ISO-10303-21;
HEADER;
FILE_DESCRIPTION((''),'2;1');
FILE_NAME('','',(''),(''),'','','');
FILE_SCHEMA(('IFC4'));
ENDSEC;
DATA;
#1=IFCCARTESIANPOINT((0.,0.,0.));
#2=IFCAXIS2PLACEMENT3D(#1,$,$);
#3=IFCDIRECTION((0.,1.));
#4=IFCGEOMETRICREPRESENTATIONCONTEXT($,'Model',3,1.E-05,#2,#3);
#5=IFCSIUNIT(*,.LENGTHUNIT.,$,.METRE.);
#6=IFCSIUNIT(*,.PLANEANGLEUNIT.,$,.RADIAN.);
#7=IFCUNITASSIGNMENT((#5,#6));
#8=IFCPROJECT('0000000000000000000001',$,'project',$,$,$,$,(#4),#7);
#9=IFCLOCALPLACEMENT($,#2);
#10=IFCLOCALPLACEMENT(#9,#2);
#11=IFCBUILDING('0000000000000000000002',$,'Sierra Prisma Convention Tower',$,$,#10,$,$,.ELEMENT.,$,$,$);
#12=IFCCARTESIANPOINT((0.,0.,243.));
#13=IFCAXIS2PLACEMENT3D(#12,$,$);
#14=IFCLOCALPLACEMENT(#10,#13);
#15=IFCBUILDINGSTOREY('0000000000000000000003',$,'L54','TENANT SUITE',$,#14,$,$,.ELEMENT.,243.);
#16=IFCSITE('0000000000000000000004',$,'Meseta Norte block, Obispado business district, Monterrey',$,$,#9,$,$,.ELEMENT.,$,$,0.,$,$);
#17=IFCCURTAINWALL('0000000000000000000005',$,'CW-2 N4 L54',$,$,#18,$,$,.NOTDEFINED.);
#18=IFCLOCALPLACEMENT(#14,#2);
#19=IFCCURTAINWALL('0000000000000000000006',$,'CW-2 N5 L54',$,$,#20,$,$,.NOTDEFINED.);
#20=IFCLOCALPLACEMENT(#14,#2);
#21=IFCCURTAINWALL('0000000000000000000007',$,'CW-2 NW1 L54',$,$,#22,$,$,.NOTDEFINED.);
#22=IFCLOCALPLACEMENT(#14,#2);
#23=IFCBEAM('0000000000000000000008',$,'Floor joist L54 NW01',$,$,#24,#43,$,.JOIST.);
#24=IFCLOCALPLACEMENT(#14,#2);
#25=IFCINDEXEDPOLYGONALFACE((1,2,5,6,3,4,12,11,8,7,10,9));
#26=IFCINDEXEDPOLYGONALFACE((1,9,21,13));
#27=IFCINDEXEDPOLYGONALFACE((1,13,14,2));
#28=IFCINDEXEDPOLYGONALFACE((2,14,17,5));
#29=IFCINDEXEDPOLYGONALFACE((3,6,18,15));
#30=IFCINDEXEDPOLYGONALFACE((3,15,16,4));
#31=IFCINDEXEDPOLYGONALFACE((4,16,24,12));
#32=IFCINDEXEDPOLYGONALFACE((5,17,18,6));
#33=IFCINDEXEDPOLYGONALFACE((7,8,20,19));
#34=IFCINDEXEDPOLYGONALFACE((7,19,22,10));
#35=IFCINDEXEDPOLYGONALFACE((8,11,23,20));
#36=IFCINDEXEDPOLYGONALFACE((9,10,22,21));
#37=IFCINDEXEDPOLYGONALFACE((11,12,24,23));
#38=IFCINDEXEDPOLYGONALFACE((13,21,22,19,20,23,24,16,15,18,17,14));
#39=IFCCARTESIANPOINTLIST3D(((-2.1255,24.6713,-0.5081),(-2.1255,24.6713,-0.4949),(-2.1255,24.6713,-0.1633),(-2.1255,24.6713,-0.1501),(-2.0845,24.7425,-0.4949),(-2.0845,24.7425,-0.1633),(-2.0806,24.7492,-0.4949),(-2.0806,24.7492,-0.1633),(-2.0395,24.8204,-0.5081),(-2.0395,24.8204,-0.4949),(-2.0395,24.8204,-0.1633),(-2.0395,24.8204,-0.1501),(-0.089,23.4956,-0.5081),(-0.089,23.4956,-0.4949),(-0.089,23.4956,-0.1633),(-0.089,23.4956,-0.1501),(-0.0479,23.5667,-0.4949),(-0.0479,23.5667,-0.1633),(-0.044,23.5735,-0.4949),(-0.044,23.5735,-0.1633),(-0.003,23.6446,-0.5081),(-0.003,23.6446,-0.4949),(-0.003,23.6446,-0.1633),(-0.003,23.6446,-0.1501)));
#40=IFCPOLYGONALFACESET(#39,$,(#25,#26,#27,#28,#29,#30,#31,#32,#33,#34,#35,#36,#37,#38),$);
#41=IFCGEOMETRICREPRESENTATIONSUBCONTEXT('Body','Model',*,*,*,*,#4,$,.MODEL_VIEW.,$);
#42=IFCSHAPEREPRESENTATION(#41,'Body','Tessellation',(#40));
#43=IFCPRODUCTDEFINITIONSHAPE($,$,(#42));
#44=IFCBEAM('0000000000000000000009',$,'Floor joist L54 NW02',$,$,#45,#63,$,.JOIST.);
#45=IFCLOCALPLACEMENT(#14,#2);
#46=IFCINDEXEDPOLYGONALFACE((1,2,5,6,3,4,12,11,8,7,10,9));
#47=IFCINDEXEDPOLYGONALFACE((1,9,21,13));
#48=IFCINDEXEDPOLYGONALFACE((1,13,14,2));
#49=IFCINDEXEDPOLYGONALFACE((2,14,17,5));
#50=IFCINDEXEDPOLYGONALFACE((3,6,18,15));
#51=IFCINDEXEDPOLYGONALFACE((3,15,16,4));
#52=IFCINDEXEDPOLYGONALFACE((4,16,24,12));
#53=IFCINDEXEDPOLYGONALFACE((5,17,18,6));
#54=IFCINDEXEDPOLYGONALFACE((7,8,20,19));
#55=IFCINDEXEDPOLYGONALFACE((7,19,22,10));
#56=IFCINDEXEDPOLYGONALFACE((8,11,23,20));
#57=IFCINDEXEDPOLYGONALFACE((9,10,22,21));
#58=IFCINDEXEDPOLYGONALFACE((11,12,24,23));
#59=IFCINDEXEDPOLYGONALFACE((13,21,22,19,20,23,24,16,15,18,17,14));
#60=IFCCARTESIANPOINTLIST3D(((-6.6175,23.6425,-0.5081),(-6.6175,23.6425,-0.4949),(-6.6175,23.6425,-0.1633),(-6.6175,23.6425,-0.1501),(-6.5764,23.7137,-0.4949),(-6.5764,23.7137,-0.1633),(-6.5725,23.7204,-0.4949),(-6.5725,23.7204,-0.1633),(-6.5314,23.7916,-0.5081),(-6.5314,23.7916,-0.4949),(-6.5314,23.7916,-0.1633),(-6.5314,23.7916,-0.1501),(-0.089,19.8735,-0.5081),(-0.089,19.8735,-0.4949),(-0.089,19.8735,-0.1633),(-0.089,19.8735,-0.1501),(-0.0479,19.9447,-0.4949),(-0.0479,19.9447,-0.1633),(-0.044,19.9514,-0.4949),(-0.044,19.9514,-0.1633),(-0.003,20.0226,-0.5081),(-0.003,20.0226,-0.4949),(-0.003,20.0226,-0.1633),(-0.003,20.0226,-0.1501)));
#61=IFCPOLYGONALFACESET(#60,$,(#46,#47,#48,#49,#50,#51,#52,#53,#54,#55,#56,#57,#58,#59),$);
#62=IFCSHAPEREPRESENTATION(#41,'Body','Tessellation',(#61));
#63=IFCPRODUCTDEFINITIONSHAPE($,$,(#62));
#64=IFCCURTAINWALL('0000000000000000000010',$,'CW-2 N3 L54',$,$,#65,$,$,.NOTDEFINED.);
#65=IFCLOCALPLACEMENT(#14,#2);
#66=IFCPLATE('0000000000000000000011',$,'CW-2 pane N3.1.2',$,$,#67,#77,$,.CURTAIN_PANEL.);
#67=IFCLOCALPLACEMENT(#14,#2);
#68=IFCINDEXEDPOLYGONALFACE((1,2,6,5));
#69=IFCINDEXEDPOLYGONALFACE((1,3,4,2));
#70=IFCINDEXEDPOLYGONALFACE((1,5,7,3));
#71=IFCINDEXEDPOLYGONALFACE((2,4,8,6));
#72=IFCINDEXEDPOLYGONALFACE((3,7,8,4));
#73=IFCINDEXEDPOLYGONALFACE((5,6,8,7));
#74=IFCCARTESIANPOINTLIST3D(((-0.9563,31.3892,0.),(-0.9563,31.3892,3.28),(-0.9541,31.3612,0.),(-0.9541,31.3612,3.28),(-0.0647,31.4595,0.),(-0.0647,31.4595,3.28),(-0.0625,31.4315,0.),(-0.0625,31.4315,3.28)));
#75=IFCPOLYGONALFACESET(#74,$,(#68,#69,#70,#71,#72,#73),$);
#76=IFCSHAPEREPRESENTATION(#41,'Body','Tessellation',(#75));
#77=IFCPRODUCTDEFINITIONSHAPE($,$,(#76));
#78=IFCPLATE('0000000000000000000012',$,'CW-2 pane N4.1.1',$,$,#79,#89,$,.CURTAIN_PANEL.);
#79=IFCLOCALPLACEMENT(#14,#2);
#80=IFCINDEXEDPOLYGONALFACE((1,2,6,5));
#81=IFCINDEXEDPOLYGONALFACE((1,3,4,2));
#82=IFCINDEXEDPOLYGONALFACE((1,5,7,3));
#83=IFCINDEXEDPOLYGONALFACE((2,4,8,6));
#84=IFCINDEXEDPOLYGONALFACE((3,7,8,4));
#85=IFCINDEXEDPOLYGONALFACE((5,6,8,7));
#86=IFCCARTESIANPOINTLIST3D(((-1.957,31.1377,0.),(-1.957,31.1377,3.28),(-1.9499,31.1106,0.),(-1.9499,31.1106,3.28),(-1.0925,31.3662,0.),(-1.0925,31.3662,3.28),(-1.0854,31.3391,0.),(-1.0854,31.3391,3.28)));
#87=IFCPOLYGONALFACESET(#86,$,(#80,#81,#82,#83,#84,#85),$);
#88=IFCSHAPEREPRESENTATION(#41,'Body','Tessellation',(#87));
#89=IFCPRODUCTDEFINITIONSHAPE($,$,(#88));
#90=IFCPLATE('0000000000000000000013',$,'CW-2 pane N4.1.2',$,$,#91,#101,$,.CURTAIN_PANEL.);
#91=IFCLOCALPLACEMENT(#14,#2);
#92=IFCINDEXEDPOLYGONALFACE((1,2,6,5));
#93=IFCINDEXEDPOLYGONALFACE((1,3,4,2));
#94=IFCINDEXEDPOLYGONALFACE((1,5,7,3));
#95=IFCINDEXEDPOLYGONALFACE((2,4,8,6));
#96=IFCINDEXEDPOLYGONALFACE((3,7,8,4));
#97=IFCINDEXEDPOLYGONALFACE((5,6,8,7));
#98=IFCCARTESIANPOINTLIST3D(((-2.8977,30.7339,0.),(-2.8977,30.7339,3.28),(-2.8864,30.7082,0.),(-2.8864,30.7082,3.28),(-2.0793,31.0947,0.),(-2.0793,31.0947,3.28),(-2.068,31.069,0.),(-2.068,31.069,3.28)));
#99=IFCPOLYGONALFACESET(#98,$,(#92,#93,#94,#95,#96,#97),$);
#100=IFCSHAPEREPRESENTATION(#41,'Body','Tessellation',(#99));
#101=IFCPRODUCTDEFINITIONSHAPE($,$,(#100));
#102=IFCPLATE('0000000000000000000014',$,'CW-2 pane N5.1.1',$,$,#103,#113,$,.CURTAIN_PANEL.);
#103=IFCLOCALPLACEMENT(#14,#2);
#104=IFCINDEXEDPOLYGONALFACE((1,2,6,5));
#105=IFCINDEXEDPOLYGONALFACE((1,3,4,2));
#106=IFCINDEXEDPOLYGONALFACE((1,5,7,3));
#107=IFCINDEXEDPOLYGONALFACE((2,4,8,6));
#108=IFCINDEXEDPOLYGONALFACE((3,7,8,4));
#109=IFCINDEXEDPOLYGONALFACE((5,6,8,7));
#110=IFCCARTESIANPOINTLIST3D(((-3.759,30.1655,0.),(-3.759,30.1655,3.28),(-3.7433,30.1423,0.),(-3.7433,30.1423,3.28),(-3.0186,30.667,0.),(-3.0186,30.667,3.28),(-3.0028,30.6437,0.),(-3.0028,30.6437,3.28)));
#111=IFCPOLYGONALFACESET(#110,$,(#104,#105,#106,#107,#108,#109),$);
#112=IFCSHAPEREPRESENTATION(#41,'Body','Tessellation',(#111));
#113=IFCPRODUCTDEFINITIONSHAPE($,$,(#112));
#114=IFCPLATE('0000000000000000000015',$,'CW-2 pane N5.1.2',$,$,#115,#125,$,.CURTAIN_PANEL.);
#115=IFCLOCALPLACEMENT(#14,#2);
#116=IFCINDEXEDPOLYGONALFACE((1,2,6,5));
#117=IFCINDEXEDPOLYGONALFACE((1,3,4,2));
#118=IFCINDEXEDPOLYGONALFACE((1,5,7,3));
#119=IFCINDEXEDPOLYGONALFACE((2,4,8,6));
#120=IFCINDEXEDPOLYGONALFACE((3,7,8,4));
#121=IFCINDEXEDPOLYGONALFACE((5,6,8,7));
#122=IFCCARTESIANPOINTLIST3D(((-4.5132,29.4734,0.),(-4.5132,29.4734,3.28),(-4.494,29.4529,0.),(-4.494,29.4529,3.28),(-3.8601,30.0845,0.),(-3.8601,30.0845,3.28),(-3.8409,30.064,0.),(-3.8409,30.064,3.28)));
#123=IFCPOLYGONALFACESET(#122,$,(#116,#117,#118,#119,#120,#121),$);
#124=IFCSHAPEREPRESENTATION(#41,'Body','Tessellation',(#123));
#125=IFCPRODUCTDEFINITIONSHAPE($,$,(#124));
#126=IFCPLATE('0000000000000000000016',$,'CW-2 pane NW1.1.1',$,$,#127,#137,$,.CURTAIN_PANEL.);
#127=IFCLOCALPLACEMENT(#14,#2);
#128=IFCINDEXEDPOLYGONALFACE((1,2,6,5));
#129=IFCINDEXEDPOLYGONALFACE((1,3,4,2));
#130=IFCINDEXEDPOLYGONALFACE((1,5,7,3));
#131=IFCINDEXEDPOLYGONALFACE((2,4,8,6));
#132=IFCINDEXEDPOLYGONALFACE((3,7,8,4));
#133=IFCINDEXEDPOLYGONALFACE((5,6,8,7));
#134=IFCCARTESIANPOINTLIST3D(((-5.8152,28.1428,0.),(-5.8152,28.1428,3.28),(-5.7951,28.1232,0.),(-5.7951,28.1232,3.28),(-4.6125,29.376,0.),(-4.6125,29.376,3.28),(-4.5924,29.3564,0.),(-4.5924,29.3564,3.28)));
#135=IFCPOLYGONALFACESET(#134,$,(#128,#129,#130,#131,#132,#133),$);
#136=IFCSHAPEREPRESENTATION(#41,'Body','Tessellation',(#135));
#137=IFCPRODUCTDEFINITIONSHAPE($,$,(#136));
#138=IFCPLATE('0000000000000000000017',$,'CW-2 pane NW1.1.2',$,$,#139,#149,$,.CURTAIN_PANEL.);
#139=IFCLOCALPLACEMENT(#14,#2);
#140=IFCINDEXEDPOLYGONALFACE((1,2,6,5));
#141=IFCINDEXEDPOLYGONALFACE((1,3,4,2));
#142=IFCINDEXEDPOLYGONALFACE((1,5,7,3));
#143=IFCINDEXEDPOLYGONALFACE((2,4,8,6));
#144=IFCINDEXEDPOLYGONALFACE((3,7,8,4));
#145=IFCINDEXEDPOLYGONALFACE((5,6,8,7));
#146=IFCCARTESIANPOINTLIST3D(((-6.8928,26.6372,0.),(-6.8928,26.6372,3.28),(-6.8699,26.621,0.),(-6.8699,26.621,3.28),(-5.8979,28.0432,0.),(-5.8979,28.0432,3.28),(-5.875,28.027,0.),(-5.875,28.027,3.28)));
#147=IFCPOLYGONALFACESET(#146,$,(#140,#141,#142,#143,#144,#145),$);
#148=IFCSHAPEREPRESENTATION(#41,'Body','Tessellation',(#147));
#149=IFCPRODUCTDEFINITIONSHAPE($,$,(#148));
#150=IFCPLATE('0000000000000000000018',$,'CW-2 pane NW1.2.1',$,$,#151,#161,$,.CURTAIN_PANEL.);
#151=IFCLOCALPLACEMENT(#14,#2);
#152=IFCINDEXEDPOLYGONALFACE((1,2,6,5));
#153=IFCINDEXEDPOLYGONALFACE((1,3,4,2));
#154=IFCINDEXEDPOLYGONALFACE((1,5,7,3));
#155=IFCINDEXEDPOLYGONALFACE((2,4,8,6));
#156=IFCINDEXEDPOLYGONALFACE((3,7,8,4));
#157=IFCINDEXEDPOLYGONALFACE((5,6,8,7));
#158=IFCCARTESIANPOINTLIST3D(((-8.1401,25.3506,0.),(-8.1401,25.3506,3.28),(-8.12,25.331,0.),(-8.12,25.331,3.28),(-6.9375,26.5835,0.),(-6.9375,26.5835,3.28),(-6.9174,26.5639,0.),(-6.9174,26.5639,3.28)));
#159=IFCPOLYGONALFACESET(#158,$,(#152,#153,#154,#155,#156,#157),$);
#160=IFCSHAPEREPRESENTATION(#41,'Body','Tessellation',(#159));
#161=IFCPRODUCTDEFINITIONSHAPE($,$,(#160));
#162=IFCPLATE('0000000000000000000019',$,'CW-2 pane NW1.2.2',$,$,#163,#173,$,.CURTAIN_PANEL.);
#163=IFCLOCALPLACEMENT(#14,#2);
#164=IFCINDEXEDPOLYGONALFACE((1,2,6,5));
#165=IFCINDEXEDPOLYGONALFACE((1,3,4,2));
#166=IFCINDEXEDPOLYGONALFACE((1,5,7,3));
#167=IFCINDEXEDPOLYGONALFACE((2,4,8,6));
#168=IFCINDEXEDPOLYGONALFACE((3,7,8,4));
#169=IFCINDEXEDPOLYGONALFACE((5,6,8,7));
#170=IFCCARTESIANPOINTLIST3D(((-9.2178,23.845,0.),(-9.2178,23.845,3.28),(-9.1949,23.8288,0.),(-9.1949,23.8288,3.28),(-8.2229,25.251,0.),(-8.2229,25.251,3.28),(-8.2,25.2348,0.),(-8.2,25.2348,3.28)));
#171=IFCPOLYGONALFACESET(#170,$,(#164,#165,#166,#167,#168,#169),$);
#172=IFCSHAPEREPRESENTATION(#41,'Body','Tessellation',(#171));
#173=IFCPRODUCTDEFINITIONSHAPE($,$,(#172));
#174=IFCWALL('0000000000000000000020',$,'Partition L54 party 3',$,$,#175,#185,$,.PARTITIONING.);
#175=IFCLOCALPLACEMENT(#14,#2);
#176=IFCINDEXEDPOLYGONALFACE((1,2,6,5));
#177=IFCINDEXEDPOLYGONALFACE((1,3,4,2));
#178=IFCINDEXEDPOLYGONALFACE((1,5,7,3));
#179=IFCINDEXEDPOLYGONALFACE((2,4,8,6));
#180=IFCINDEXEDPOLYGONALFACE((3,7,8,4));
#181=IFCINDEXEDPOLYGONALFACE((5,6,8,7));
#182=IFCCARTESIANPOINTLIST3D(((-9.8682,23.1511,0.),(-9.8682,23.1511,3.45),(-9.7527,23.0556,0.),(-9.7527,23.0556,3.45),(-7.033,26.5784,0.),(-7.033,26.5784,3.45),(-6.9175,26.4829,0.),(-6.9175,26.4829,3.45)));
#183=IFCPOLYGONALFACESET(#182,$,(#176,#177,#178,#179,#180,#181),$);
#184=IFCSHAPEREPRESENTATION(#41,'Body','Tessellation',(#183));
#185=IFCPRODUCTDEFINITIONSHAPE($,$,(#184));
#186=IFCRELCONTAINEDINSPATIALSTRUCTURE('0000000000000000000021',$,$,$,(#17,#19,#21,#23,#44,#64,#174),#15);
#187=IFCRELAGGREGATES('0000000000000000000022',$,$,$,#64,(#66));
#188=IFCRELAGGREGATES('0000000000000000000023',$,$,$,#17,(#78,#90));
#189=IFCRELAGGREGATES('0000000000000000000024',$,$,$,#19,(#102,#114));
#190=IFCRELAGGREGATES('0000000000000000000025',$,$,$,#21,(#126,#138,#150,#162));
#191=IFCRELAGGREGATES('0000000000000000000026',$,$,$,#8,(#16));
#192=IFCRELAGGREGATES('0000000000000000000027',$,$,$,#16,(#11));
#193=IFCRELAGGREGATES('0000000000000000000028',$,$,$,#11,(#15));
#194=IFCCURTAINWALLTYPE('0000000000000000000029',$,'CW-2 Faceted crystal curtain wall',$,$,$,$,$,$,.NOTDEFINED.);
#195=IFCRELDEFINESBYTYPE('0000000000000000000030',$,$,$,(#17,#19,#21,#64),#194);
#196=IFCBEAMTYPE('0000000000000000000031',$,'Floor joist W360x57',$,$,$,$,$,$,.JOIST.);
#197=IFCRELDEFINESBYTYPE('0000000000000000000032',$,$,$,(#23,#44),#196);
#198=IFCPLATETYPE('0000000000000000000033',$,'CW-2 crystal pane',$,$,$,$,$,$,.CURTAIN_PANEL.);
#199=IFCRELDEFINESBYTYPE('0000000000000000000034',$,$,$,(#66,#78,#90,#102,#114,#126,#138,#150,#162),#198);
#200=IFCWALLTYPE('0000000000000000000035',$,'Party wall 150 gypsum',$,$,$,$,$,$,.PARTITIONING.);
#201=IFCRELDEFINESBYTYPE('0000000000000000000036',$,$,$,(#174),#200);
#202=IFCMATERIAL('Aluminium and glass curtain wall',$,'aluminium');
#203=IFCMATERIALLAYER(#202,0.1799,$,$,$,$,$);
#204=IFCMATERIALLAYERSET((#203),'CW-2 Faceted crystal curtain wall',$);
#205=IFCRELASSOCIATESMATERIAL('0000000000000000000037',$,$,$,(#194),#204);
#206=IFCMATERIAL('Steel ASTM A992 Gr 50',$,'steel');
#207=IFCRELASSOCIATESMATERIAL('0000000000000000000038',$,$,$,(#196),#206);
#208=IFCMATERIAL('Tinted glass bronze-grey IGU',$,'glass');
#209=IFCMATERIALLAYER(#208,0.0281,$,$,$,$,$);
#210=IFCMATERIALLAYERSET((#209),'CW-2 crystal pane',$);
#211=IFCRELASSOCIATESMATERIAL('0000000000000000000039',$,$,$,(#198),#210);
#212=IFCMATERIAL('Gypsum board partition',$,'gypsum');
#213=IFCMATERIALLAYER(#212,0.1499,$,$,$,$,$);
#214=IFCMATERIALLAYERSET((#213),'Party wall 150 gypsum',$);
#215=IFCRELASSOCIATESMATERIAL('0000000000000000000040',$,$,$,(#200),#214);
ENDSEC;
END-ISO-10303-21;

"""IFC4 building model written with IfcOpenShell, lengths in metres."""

from ifc_helpers import new_model, si_unit, direction, frame, frame_2d, origin, origin_2d, place, context, subcontext, project, spatial, polyline, rectangle, i_section, outline, extrude, material, layer, layer_set, material_profile, profile_set, type_object, element, aggregate, save


model = new_model("IFC4")

# Units and contexts
model_context = context("Model", 3, precision=1e-05, world=origin(), true_north=direction((0.0, 1.0)))
body_context = subcontext(model_context, "Body", "Model", "MODEL_VIEW")
ifc_project = project(units=[si_unit("LENGTHUNIT", "METRE"), si_unit("PLANEANGLEUNIT", "RADIAN")], contexts=[model_context])

# Site, building, storey
site_placement = place(None, origin())
site = spatial("IfcSite", under=ifc_project, at=site_placement, Name="Meseta Norte block, Obispado business district, Monterrey", CompositionType="ELEMENT", RefElevation=0.0)
building_placement = place(site_placement, origin())
building = spatial("IfcBuilding", under=site, at=building_placement, Name="Sierra Prisma Convention Tower", CompositionType="ELEMENT")
storey_placement = place(building_placement, frame((0.0, 0.0, 243.0)))
storey = spatial("IfcBuildingStorey", under=building, at=storey_placement, Name="L54", Description="TENANT SUITE", CompositionType="ELEMENT", Elevation=243.0)

# Curtain walls
ifc_material_1 = material(Name="Aluminium and glass curtain wall", Category="aluminium")
ifc_layer_1 = layer(ifc_material_1, 0.1799)
ifc_layer_set_1 = layer_set([ifc_layer_1], Name="CW-2 Faceted crystal curtain wall")
curtain_wall_type = type_object("IfcCurtainWallType", Name="CW-2 Faceted crystal curtain wall", PredefinedType="NOTDEFINED", material=ifc_layer_set_1)
curtain_wall_1_placement = place(storey_placement, origin())
curtain_wall_1 = element("IfcCurtainWall", 1, at=curtain_wall_1_placement, inside=storey, type_object=curtain_wall_type, Name="CW-2 N4 L54", PredefinedType="NOTDEFINED")
curtain_wall_2_placement = place(storey_placement, origin())
curtain_wall_2 = element("IfcCurtainWall", 2, at=curtain_wall_2_placement, inside=storey, type_object=curtain_wall_type, Name="CW-2 N5 L54", PredefinedType="NOTDEFINED")

# Curtain wall
curtain_wall_3_placement = place(storey_placement, origin())
curtain_wall_3 = element("IfcCurtainWall", 3, at=curtain_wall_3_placement, inside=storey, type_object=curtain_wall_type, Name="CW-2 NW1 L54", PredefinedType="NOTDEFINED")

# Beams
ifc_material_2 = material(Name="Steel ASTM A992 Gr 50", Category="steel")
ifc_material_profile_1 = material_profile(ifc_material_2, i_section(OverallWidth=0.1721, OverallDepth=0.3579, WebThickness=0.0078, FlangeThickness=0.0132, at=origin_2d()), Name="W360x57")
ifc_profile_set_1 = profile_set([ifc_material_profile_1], Name="Steel ASTM A992 Gr 50")
beam_type = type_object("IfcBeamType", Name="Floor joist W360x57", PredefinedType="JOIST", material=ifc_profile_set_1)
beam_1_placement = place(storey_placement, frame((-2.0825, 24.7458, -0.3291), z_axis=(0.866037, -0.49998, 0.0), x_axis=(0.49998, 0.866037, 0.0)))
element("IfcBeam", 4, at=beam_1_placement, inside=storey, type_object=beam_type, Name="Floor joist L54 NW01", PredefinedType="JOIST", context=body_context, shape_type="SweptSolid", body=[
    extrude(i_section(OverallWidth=0.1721, OverallDepth=0.3579, WebThickness=0.0078, FlangeThickness=0.0132, at=origin_2d()), origin(), (0.0, 0.0, 1.0), 2.3516),
])
beam_2_placement = place(storey_placement, frame((-6.5745, 23.717, -0.3291), z_axis=(0.866038, -0.499978, 0.0), x_axis=(0.499978, 0.866038, 0.0)))
element("IfcBeam", 5, at=beam_2_placement, inside=storey, type_object=beam_type, Name="Floor joist L54 NW02", PredefinedType="JOIST", context=body_context, shape_type="SweptSolid", body=[
    extrude(i_section(OverallWidth=0.1721, OverallDepth=0.3579, WebThickness=0.0078, FlangeThickness=0.0132, at=origin_2d()), origin(), (0.0, 0.0, 1.0), 7.5383),
])

# Curtain wall, plate
curtain_wall_4_placement = place(storey_placement, origin())
curtain_wall_4 = element("IfcCurtainWall", 6, at=curtain_wall_4_placement, inside=storey, type_object=curtain_wall_type, Name="CW-2 N3 L54", PredefinedType="NOTDEFINED")
ifc_material_3 = material(Name="Tinted glass bronze-grey IGU", Category="glass")
ifc_layer_2 = layer(ifc_material_3, 0.0281)
ifc_layer_set_2 = layer_set([ifc_layer_2], Name="CW-2 crystal pane")
plate_type = type_object("IfcPlateType", Name="CW-2 crystal pane", PredefinedType="CURTAIN_PANEL", material=ifc_layer_set_2)
plate_1_placement = place(storey_placement, frame((-0.9563, 31.3892, 0.0), z_axis=(-0.078617, 0.996905, 0.0), x_axis=(0.996905, 0.078617, 0.0)))
plate_1 = element("IfcPlate", 7, at=plate_1_placement, type_object=plate_type, Name="CW-2 pane N3.1.2", PredefinedType="CURTAIN_PANEL", context=body_context, shape_type="SweptSolid", body=[
    extrude(outline(polyline([(0.0, 0.0), (0.8944, 0.0), (0.8944, -3.28), (0.0, -3.28), (0.0, 0.0)])), origin(), (0.0, 0.0, -1.0), 0.0281),
])
aggregate(curtain_wall_4, [plate_1])

# Plates
plate_2_placement = place(storey_placement, frame((-1.0925, 31.3662, 0.0), z_axis=(-0.255555, 0.966795, 0.0), x_axis=(-0.966795, -0.255555, 0.0)))
plate_2 = element("IfcPlate", 8, at=plate_2_placement, type_object=plate_type, Name="CW-2 pane N4.1.1", PredefinedType="CURTAIN_PANEL", context=body_context, shape_type="SweptSolid", body=[
    extrude(outline(polyline([(0.0, 0.0), (0.8942, 0.0), (0.8942, 3.28), (0.0, 3.28), (0.0, 0.0)])), origin(), (0.0, 0.0, -1.0), 0.0281),
])
plate_3_placement = place(storey_placement, frame((-2.8977, 30.7339, 0.0), z_axis=(-0.403452, 0.915001, 0.0), x_axis=(0.915001, 0.403452, 0.0)))
plate_3 = element("IfcPlate", 9, at=plate_3_placement, type_object=plate_type, Name="CW-2 pane N4.1.2", PredefinedType="CURTAIN_PANEL", context=body_context, shape_type="SweptSolid", body=[
    extrude(outline(polyline([(0.0, 0.0), (0.8944, 0.0), (0.8944, -3.28), (0.0, -3.28), (0.0, 0.0)])), origin(), (0.0, 0.0, -1.0), 0.0281),
])
aggregate(curtain_wall_1, [plate_2, plate_3])
plate_4_placement = place(storey_placement, frame((-3.0186, 30.667, 0.0), z_axis=(-0.560733, 0.827996, 0.0), x_axis=(-0.827996, -0.560733, 0.0)))
plate_4 = element("IfcPlate", 10, at=plate_4_placement, type_object=plate_type, Name="CW-2 pane N5.1.1", PredefinedType="CURTAIN_PANEL", context=body_context, shape_type="SweptSolid", body=[
    extrude(outline(polyline([(0.0, 0.0), (0.8943, 0.0), (0.8943, 3.28), (0.0, 3.28), (0.0, 0.0)])), origin(), (0.0, 0.0, -1.0), 0.0281),
])
plate_5_placement = place(storey_placement, frame((-4.5132, 29.4734, 0.0), z_axis=(-0.683242, 0.730192, 0.0), x_axis=(0.730192, 0.683242, 0.0)))
plate_5 = element("IfcPlate", 11, at=plate_5_placement, type_object=plate_type, Name="CW-2 pane N5.1.2", PredefinedType="CURTAIN_PANEL", context=body_context, shape_type="SweptSolid", body=[
    extrude(outline(polyline([(0.0, 0.0), (0.8944, 0.0), (0.8944, -3.28), (0.0, -3.28), (0.0, 0.0)])), origin(), (0.0, 0.0, -1.0), 0.0281),
])
aggregate(curtain_wall_2, [plate_4, plate_5])
plate_6_placement = place(storey_placement, frame((-4.6125, 29.376, 0.0), z_axis=(-0.71591, 0.698193, 0.0), x_axis=(-0.698193, -0.71591, 0.0)))
plate_6 = element("IfcPlate", 12, at=plate_6_placement, type_object=plate_type, Name="CW-2 pane NW1.1.1", PredefinedType="CURTAIN_PANEL", context=body_context, shape_type="SweptSolid", body=[
    extrude(outline(polyline([(0.0, 0.0), (1.7225, 0.0), (1.7225, 3.28), (0.0, 3.28), (0.0, 0.0)])), origin(), (0.0, 0.0, -1.0), 0.0281),
])
plate_7_placement = place(storey_placement, frame((-6.8928, 26.6372, 0.0), z_axis=(-0.816311, 0.577612, 0.0), x_axis=(0.577612, 0.816311, 0.0)))
plate_7 = element("IfcPlate", 13, at=plate_7_placement, type_object=plate_type, Name="CW-2 pane NW1.1.2", PredefinedType="CURTAIN_PANEL", context=body_context, shape_type="SweptSolid", body=[
    extrude(outline(polyline([(0.0, 0.0), (1.7224, 0.0), (1.7224, -3.28), (0.0, -3.28), (0.0, 0.0)])), origin(), (0.0, 0.0, -1.0), 0.0281),
])
plate_8_placement = place(storey_placement, frame((-6.9375, 26.5835, 0.0), z_axis=(-0.715841, 0.698264, 0.0), x_axis=(-0.698264, -0.715841, 0.0)))
plate_8 = element("IfcPlate", 14, at=plate_8_placement, type_object=plate_type, Name="CW-2 pane NW1.2.1", PredefinedType="CURTAIN_PANEL", context=body_context, shape_type="SweptSolid", body=[
    extrude(outline(polyline([(0.0, 0.0), (1.7223, 0.0), (1.7223, 3.28), (0.0, 3.28), (0.0, 0.0)])), origin(), (0.0, 0.0, -1.0), 0.0281),
])
plate_9_placement = place(storey_placement, frame((-9.2178, 23.845, 0.0), z_axis=(-0.816311, 0.577612, 0.0), x_axis=(0.577612, 0.816311, 0.0)))
plate_9 = element("IfcPlate", 15, at=plate_9_placement, type_object=plate_type, Name="CW-2 pane NW1.2.2", PredefinedType="CURTAIN_PANEL", context=body_context, shape_type="SweptSolid", body=[
    extrude(outline(polyline([(0.0, 0.0), (1.7224, 0.0), (1.7224, -3.28), (0.0, -3.28), (0.0, 0.0)])), origin(), (0.0, 0.0, -1.0), 0.0281),
])
aggregate(curtain_wall_3, [plate_6, plate_7, plate_8, plate_9])

# Wall
ifc_material_4 = material(Name="Gypsum board partition", Category="gypsum")
ifc_layer_3 = layer(ifc_material_4, 0.1499)
ifc_layer_set_3 = layer_set([ifc_layer_3], Name="Party wall 150 gypsum")
wall_type = type_object("IfcWallType", Name="Party wall 150 gypsum", PredefinedType="PARTITIONING", material=ifc_layer_set_3)
wall_placement = place(storey_placement, frame((-9.8105, 23.1033, 0.0), z_axis=(0.0, 0.0, 1.0), x_axis=(0.637416, 0.77052, 0.0)))
element("IfcWall", 16, at=wall_placement, inside=storey, type_object=wall_type, Name="Partition L54 party 3", PredefinedType="PARTITIONING", context=body_context, shape_type="SweptSolid", body=[
    extrude(rectangle(XDim=4.448, YDim=0.1499, at=frame_2d((2.2241, 0.0))), origin(), (0.0, 0.0, 1.0), 3.45),
])

save(model, "model.ifc")
